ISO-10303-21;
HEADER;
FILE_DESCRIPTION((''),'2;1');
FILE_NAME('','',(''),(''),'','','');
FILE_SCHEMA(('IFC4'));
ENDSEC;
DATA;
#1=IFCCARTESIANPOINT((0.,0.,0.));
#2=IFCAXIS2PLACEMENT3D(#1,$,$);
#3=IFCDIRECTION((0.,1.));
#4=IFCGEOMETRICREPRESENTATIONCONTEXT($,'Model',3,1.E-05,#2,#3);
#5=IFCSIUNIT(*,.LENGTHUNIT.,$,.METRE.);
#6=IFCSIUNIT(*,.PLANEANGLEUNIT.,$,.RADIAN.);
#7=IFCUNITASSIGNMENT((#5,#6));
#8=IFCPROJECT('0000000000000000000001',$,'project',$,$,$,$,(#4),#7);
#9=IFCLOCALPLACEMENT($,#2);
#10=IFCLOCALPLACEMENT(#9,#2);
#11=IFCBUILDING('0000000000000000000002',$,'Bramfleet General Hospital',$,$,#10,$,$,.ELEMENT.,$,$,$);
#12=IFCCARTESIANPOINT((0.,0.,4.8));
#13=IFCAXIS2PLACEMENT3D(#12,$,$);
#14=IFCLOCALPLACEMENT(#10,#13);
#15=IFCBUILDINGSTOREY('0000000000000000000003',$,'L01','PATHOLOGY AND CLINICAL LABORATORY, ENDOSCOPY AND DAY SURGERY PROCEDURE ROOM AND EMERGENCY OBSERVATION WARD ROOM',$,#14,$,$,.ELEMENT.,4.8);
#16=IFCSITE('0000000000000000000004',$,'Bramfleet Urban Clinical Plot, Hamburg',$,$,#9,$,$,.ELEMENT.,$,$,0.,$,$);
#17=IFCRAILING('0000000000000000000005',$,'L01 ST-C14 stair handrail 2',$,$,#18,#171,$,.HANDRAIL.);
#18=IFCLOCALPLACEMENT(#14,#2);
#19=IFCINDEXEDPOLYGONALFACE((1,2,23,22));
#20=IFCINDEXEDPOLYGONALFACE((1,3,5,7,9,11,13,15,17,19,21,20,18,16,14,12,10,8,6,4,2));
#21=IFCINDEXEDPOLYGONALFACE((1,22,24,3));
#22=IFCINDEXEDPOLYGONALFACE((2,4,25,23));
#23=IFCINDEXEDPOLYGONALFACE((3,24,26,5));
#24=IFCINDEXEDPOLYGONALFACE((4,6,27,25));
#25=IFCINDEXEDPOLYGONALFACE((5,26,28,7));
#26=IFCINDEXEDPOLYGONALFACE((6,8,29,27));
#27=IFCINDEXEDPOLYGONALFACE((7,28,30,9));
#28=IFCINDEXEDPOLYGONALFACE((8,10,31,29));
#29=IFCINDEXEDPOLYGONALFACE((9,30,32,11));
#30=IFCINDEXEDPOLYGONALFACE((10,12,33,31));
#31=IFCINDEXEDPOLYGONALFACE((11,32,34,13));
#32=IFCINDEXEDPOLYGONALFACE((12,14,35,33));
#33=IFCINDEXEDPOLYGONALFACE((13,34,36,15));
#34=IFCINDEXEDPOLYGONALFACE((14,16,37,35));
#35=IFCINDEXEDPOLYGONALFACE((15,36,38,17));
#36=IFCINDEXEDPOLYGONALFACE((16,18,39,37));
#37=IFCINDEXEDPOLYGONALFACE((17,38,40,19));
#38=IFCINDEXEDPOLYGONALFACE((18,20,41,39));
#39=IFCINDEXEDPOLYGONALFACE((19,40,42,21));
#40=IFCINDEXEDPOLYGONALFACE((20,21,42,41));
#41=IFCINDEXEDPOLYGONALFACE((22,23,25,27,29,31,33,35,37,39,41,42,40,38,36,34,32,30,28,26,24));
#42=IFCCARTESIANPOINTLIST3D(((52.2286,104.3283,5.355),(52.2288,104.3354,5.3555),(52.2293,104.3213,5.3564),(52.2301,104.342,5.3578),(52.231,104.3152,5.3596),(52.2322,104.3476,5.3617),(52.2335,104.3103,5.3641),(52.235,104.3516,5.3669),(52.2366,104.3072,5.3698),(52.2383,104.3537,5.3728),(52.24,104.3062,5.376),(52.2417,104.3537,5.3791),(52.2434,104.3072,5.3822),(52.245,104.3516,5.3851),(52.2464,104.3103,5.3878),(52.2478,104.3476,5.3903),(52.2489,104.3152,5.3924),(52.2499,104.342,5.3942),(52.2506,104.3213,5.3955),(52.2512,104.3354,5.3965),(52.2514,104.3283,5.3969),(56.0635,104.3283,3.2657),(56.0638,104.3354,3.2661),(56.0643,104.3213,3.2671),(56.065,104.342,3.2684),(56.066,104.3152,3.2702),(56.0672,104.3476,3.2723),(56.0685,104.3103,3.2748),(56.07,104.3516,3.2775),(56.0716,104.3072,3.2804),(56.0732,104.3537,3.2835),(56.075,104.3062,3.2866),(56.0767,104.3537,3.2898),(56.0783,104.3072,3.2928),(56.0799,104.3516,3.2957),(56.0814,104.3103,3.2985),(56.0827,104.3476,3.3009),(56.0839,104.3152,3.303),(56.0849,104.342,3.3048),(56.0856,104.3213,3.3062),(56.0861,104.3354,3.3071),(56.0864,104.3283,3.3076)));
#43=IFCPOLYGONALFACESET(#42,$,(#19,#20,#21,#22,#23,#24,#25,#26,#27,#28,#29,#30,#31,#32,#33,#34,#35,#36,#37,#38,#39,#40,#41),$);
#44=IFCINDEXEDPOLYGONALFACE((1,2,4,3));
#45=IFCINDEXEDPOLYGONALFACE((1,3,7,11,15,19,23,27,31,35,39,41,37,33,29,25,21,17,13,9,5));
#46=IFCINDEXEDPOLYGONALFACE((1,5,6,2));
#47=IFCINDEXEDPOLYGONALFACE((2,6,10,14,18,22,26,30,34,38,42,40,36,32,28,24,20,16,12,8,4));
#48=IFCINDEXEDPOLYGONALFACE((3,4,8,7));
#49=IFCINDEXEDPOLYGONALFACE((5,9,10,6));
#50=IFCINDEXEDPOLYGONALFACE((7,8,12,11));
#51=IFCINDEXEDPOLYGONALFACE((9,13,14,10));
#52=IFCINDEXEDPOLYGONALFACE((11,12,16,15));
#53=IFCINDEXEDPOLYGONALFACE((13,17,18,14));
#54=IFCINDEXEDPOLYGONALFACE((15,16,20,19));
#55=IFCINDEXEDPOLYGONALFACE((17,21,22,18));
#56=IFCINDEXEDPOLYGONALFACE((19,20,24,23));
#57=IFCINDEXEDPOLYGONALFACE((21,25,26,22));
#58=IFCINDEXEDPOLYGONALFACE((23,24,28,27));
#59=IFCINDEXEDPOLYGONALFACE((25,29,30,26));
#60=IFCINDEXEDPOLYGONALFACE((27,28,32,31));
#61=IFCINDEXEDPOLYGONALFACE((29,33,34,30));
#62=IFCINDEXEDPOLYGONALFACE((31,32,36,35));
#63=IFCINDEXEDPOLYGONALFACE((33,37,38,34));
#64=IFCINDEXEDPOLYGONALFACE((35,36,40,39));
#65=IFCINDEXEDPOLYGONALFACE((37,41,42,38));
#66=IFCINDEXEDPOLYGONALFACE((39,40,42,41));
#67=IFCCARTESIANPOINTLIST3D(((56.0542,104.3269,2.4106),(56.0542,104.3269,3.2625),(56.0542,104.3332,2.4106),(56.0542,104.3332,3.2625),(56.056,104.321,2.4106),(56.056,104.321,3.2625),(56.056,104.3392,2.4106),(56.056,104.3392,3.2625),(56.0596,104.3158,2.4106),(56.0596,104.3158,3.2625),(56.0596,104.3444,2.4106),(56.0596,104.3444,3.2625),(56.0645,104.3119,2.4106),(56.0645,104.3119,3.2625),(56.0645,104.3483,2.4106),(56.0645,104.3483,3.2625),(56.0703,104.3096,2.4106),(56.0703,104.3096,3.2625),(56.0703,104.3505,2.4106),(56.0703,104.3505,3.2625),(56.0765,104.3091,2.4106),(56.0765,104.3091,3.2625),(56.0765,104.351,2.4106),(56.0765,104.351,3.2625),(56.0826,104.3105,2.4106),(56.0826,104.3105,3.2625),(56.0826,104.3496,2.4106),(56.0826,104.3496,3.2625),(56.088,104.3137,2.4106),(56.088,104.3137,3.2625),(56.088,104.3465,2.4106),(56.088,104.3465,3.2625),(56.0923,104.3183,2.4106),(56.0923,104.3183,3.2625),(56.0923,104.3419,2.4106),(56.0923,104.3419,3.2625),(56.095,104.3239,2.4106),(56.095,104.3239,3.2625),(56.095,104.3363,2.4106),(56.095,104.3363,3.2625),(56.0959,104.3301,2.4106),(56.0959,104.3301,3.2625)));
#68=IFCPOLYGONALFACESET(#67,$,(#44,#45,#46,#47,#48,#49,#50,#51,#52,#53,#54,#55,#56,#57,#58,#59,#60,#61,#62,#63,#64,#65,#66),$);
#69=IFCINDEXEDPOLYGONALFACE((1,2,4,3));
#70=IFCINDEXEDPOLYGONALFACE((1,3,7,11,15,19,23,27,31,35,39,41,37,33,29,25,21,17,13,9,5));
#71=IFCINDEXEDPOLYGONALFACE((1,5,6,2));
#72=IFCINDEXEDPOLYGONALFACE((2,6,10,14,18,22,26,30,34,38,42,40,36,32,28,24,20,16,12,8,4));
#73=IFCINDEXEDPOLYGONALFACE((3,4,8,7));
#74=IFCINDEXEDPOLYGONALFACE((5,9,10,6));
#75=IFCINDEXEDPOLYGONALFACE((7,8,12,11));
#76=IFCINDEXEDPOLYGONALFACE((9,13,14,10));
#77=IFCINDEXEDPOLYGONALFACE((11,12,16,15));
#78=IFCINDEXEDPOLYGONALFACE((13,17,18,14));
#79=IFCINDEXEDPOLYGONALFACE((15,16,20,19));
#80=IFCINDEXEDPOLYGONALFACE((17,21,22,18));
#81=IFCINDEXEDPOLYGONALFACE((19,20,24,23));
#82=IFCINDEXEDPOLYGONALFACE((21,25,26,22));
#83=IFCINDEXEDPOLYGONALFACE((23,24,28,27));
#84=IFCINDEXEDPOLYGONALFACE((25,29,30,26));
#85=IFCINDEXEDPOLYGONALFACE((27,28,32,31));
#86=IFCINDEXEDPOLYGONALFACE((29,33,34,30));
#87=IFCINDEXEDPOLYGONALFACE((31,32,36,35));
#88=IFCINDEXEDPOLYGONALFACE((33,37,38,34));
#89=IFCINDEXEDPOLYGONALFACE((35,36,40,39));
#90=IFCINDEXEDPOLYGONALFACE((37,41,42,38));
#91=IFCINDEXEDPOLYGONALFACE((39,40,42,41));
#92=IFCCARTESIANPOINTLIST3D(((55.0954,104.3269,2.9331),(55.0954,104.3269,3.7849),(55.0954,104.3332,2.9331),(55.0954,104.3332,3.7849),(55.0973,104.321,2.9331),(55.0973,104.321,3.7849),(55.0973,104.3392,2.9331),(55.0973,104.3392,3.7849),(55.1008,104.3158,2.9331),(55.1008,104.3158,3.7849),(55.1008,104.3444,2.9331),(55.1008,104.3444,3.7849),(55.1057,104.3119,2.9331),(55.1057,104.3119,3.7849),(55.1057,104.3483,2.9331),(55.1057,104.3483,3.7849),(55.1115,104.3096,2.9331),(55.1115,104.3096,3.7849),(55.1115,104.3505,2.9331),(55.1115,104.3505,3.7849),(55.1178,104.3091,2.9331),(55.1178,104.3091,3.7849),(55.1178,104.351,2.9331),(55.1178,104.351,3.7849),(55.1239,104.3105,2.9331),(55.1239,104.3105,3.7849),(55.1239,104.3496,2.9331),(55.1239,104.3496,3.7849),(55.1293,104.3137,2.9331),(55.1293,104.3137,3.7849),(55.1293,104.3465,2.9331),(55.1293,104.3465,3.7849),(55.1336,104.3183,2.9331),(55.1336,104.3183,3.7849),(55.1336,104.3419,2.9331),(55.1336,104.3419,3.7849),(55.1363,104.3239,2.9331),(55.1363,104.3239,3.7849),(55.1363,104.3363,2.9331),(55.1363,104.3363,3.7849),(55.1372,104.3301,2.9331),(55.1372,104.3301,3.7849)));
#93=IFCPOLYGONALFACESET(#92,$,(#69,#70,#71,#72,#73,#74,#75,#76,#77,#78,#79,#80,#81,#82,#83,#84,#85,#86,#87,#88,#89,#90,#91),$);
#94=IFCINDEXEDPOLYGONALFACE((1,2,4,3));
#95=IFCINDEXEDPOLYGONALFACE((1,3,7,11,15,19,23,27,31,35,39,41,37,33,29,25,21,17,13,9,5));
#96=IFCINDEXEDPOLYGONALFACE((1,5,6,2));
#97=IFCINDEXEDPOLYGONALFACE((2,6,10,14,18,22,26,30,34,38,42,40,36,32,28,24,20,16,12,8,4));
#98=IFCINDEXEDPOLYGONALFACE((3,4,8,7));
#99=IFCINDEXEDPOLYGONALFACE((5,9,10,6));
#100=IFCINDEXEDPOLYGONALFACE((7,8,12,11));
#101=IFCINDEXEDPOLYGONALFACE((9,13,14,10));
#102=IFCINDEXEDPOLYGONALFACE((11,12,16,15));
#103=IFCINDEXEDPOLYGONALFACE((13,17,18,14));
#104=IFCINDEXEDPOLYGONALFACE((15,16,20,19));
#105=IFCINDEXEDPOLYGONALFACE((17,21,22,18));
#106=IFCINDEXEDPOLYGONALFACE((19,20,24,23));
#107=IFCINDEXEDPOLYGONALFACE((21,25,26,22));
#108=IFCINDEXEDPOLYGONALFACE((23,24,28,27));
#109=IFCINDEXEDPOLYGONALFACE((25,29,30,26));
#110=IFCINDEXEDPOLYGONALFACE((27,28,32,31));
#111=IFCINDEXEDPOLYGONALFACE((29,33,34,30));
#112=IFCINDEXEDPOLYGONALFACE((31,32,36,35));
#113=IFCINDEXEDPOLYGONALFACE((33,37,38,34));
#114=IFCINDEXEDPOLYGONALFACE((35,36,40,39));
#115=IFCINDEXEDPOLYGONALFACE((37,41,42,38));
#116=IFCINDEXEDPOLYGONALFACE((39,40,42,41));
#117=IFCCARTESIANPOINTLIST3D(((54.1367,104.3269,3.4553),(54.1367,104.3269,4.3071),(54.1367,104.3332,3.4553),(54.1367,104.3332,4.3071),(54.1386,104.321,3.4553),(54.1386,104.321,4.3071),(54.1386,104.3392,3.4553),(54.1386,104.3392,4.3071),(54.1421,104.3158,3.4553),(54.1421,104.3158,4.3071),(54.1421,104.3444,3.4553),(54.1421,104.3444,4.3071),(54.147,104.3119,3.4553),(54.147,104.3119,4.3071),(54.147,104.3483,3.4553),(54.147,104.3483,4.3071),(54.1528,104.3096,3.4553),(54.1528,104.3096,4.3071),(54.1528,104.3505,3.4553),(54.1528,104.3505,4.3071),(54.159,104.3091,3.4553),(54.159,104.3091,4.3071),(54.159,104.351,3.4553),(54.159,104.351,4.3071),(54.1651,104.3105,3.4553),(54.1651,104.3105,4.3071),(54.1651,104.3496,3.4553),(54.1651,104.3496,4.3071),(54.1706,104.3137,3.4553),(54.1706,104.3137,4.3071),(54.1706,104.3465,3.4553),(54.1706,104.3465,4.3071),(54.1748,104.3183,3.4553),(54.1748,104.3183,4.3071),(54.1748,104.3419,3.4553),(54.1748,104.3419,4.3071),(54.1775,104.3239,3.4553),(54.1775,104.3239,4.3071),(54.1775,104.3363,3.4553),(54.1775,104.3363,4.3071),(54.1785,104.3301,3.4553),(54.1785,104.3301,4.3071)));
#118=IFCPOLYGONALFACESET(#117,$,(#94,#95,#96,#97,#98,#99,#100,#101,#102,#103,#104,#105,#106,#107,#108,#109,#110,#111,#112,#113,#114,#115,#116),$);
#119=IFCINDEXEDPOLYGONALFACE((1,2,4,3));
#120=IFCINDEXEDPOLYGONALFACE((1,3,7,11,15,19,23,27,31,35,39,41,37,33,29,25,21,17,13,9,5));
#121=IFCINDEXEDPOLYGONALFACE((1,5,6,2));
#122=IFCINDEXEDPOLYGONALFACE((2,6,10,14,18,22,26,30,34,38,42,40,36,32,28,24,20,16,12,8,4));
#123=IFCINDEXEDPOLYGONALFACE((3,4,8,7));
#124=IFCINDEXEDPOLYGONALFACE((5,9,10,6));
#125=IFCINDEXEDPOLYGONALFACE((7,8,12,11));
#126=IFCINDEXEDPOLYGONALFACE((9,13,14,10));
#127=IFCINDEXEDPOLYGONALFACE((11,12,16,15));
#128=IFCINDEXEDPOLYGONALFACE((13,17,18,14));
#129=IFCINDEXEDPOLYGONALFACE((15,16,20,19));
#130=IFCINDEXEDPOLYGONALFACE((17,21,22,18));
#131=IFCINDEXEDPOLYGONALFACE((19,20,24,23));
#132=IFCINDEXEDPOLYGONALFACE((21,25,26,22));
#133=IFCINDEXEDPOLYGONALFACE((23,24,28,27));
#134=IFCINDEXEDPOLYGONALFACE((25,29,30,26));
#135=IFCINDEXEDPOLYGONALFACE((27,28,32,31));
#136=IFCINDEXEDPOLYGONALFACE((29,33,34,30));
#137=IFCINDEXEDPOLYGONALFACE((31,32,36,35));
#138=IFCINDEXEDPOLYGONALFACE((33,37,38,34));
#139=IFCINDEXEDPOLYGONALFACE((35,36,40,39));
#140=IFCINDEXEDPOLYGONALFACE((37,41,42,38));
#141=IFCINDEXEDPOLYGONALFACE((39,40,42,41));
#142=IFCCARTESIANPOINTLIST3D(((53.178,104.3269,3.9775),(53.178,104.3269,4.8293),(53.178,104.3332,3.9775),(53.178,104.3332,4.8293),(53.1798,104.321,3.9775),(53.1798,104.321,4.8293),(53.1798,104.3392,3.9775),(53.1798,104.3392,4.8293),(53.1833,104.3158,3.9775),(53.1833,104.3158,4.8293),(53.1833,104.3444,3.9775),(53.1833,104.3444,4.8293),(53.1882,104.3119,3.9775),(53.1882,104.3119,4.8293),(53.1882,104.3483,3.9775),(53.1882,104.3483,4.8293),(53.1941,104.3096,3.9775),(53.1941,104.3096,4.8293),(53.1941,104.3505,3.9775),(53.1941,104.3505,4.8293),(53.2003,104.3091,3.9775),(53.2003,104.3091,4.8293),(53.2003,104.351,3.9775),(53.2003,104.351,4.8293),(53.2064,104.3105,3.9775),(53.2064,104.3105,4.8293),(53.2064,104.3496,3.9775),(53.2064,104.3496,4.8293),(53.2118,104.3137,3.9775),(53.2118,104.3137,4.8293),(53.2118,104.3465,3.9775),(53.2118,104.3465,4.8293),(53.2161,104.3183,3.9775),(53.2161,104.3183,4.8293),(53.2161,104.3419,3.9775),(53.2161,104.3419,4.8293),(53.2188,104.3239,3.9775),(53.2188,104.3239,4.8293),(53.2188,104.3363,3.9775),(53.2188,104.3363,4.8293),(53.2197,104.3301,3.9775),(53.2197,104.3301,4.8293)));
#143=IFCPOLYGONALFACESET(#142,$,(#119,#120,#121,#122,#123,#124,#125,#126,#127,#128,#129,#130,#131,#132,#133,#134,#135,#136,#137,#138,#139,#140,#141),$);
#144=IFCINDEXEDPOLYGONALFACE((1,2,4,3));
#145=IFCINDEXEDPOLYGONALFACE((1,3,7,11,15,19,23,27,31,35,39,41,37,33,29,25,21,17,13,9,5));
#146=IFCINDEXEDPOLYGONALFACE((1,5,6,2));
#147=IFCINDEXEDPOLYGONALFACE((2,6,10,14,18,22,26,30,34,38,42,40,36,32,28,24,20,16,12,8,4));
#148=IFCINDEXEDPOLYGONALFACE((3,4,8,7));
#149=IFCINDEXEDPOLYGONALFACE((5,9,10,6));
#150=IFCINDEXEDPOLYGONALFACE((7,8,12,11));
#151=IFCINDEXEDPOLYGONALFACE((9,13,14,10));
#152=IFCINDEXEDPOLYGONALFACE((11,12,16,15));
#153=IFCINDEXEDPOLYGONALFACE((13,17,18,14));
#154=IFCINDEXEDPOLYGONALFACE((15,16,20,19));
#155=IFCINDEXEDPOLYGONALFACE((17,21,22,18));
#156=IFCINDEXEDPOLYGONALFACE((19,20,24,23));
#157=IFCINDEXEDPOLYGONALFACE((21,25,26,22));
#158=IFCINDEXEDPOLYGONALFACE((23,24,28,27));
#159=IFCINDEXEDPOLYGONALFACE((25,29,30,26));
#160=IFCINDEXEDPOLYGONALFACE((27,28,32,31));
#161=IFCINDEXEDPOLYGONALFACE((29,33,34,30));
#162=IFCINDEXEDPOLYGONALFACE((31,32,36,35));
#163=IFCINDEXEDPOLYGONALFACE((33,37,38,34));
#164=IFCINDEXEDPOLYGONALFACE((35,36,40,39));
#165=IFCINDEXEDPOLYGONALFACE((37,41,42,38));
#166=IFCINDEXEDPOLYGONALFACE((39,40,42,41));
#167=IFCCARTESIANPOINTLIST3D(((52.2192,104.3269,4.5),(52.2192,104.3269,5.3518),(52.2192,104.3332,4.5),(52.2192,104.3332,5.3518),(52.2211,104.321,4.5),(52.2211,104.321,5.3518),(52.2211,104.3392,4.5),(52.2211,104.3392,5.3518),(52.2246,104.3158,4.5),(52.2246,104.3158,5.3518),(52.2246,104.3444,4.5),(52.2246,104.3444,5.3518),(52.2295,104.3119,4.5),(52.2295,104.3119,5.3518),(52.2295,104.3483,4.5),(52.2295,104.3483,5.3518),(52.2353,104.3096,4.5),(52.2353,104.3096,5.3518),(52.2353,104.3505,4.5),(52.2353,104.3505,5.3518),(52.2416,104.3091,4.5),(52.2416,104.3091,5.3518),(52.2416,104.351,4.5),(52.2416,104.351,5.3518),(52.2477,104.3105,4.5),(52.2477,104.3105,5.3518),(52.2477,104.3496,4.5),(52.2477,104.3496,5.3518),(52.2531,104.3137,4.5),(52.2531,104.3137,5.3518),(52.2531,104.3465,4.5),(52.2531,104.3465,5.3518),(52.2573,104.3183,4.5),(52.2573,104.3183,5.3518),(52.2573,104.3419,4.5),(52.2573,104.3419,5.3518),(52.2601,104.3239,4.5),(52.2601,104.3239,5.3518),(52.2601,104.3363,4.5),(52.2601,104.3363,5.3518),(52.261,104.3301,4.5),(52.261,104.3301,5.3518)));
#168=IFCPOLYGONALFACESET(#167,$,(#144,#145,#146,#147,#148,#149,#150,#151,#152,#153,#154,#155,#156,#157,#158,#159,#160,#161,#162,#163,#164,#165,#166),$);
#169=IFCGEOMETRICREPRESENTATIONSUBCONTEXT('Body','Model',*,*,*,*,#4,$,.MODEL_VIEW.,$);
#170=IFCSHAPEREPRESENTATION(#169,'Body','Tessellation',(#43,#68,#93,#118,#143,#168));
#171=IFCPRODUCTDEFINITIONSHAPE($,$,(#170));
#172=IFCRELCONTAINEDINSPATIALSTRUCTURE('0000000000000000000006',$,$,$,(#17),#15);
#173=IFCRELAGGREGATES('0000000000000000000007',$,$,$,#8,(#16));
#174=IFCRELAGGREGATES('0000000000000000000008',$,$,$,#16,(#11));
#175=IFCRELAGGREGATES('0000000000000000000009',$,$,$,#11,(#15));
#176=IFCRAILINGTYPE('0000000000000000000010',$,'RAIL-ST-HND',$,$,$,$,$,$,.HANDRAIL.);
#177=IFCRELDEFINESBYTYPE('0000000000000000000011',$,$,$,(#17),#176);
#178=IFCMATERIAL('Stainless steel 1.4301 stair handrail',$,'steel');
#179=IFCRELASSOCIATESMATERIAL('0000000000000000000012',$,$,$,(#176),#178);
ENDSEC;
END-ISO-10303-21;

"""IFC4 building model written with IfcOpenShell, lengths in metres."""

from ifc_helpers import new_model, si_unit, direction, frame, origin, origin_2d, place, context, subcontext, project, spatial, circle, extrude, material, type_object, element, save


model = new_model("IFC4")

# Units and contexts
model_context = context("Model", 3, precision=1e-05, world=origin(), true_north=direction((0.0, 1.0)))
body_context = subcontext(model_context, "Body", "Model", "MODEL_VIEW")
ifc_project = project(units=[si_unit("LENGTHUNIT", "METRE"), si_unit("PLANEANGLEUNIT", "RADIAN")], contexts=[model_context])

# Site, building, storey
site_placement = place(None, origin())
site = spatial("IfcSite", under=ifc_project, at=site_placement, Name="Bramfleet Urban Clinical Plot, Hamburg", CompositionType="ELEMENT", RefElevation=0.0)
building_placement = place(site_placement, origin())
building = spatial("IfcBuilding", under=site, at=building_placement, Name="Bramfleet General Hospital", CompositionType="ELEMENT")
storey_placement = place(building_placement, frame((0.0, 0.0, 4.8)))
storey = spatial("IfcBuildingStorey", under=building, at=storey_placement, Name="L01", Description="PATHOLOGY AND CLINICAL LABORATORY, ENDOSCOPY AND DAY SURGERY PROCEDURE ROOM AND EMERGENCY OBSERVATION WARD ROOM", CompositionType="ELEMENT", Elevation=4.8)

# Railing
ifc_material_1 = material(Name="Stainless steel 1.4301 stair handrail", Category="steel")
railing_type_1 = type_object("IfcRailingType", Name="RAIL-ST-HND", PredefinedType="HANDRAIL", material=ifc_material_1)
railing_1_placement = place(storey_placement, frame((56.075, 104.3301, 2.4106)))
element("IfcRailing", 1, at=railing_1_placement, inside=storey, type_object=railing_type_1, Name="L01 ST-C14 stair handrail 2", PredefinedType="HANDRAIL", context=body_context, shape_type="SweptSolid", body=[
    extrude(circle(Radius=0.0239, at=origin_2d()), frame((0.0, 0.0, 0.876), z_axis=(-0.87813, 0.0, 0.478421), x_axis=(0.0, -1.0, 0.0)), (0.0, 0.0, 1.0), 4.3672),
    extrude(circle(Radius=0.021, at=origin_2d()), origin(), (0.0, 0.0, 1.0), 0.8518),
    extrude(circle(Radius=0.021, at=origin_2d()), frame((-0.9587, 0.0, 0.5225)), (0.0, 0.0, 1.0), 0.8518),
    extrude(circle(Radius=0.021, at=origin_2d()), frame((-1.9175, 0.0, 1.0447)), (0.0, 0.0, 1.0), 0.8518),
    extrude(circle(Radius=0.021, at=origin_2d()), frame((-2.8762, 0.0, 1.5669)), (0.0, 0.0, 1.0), 0.8518),
    extrude(circle(Radius=0.021, at=origin_2d()), frame((-3.835, 0.0, 2.0894)), (0.0, 0.0, 1.0), 0.8518),
])

save(model, "model.ifc")
